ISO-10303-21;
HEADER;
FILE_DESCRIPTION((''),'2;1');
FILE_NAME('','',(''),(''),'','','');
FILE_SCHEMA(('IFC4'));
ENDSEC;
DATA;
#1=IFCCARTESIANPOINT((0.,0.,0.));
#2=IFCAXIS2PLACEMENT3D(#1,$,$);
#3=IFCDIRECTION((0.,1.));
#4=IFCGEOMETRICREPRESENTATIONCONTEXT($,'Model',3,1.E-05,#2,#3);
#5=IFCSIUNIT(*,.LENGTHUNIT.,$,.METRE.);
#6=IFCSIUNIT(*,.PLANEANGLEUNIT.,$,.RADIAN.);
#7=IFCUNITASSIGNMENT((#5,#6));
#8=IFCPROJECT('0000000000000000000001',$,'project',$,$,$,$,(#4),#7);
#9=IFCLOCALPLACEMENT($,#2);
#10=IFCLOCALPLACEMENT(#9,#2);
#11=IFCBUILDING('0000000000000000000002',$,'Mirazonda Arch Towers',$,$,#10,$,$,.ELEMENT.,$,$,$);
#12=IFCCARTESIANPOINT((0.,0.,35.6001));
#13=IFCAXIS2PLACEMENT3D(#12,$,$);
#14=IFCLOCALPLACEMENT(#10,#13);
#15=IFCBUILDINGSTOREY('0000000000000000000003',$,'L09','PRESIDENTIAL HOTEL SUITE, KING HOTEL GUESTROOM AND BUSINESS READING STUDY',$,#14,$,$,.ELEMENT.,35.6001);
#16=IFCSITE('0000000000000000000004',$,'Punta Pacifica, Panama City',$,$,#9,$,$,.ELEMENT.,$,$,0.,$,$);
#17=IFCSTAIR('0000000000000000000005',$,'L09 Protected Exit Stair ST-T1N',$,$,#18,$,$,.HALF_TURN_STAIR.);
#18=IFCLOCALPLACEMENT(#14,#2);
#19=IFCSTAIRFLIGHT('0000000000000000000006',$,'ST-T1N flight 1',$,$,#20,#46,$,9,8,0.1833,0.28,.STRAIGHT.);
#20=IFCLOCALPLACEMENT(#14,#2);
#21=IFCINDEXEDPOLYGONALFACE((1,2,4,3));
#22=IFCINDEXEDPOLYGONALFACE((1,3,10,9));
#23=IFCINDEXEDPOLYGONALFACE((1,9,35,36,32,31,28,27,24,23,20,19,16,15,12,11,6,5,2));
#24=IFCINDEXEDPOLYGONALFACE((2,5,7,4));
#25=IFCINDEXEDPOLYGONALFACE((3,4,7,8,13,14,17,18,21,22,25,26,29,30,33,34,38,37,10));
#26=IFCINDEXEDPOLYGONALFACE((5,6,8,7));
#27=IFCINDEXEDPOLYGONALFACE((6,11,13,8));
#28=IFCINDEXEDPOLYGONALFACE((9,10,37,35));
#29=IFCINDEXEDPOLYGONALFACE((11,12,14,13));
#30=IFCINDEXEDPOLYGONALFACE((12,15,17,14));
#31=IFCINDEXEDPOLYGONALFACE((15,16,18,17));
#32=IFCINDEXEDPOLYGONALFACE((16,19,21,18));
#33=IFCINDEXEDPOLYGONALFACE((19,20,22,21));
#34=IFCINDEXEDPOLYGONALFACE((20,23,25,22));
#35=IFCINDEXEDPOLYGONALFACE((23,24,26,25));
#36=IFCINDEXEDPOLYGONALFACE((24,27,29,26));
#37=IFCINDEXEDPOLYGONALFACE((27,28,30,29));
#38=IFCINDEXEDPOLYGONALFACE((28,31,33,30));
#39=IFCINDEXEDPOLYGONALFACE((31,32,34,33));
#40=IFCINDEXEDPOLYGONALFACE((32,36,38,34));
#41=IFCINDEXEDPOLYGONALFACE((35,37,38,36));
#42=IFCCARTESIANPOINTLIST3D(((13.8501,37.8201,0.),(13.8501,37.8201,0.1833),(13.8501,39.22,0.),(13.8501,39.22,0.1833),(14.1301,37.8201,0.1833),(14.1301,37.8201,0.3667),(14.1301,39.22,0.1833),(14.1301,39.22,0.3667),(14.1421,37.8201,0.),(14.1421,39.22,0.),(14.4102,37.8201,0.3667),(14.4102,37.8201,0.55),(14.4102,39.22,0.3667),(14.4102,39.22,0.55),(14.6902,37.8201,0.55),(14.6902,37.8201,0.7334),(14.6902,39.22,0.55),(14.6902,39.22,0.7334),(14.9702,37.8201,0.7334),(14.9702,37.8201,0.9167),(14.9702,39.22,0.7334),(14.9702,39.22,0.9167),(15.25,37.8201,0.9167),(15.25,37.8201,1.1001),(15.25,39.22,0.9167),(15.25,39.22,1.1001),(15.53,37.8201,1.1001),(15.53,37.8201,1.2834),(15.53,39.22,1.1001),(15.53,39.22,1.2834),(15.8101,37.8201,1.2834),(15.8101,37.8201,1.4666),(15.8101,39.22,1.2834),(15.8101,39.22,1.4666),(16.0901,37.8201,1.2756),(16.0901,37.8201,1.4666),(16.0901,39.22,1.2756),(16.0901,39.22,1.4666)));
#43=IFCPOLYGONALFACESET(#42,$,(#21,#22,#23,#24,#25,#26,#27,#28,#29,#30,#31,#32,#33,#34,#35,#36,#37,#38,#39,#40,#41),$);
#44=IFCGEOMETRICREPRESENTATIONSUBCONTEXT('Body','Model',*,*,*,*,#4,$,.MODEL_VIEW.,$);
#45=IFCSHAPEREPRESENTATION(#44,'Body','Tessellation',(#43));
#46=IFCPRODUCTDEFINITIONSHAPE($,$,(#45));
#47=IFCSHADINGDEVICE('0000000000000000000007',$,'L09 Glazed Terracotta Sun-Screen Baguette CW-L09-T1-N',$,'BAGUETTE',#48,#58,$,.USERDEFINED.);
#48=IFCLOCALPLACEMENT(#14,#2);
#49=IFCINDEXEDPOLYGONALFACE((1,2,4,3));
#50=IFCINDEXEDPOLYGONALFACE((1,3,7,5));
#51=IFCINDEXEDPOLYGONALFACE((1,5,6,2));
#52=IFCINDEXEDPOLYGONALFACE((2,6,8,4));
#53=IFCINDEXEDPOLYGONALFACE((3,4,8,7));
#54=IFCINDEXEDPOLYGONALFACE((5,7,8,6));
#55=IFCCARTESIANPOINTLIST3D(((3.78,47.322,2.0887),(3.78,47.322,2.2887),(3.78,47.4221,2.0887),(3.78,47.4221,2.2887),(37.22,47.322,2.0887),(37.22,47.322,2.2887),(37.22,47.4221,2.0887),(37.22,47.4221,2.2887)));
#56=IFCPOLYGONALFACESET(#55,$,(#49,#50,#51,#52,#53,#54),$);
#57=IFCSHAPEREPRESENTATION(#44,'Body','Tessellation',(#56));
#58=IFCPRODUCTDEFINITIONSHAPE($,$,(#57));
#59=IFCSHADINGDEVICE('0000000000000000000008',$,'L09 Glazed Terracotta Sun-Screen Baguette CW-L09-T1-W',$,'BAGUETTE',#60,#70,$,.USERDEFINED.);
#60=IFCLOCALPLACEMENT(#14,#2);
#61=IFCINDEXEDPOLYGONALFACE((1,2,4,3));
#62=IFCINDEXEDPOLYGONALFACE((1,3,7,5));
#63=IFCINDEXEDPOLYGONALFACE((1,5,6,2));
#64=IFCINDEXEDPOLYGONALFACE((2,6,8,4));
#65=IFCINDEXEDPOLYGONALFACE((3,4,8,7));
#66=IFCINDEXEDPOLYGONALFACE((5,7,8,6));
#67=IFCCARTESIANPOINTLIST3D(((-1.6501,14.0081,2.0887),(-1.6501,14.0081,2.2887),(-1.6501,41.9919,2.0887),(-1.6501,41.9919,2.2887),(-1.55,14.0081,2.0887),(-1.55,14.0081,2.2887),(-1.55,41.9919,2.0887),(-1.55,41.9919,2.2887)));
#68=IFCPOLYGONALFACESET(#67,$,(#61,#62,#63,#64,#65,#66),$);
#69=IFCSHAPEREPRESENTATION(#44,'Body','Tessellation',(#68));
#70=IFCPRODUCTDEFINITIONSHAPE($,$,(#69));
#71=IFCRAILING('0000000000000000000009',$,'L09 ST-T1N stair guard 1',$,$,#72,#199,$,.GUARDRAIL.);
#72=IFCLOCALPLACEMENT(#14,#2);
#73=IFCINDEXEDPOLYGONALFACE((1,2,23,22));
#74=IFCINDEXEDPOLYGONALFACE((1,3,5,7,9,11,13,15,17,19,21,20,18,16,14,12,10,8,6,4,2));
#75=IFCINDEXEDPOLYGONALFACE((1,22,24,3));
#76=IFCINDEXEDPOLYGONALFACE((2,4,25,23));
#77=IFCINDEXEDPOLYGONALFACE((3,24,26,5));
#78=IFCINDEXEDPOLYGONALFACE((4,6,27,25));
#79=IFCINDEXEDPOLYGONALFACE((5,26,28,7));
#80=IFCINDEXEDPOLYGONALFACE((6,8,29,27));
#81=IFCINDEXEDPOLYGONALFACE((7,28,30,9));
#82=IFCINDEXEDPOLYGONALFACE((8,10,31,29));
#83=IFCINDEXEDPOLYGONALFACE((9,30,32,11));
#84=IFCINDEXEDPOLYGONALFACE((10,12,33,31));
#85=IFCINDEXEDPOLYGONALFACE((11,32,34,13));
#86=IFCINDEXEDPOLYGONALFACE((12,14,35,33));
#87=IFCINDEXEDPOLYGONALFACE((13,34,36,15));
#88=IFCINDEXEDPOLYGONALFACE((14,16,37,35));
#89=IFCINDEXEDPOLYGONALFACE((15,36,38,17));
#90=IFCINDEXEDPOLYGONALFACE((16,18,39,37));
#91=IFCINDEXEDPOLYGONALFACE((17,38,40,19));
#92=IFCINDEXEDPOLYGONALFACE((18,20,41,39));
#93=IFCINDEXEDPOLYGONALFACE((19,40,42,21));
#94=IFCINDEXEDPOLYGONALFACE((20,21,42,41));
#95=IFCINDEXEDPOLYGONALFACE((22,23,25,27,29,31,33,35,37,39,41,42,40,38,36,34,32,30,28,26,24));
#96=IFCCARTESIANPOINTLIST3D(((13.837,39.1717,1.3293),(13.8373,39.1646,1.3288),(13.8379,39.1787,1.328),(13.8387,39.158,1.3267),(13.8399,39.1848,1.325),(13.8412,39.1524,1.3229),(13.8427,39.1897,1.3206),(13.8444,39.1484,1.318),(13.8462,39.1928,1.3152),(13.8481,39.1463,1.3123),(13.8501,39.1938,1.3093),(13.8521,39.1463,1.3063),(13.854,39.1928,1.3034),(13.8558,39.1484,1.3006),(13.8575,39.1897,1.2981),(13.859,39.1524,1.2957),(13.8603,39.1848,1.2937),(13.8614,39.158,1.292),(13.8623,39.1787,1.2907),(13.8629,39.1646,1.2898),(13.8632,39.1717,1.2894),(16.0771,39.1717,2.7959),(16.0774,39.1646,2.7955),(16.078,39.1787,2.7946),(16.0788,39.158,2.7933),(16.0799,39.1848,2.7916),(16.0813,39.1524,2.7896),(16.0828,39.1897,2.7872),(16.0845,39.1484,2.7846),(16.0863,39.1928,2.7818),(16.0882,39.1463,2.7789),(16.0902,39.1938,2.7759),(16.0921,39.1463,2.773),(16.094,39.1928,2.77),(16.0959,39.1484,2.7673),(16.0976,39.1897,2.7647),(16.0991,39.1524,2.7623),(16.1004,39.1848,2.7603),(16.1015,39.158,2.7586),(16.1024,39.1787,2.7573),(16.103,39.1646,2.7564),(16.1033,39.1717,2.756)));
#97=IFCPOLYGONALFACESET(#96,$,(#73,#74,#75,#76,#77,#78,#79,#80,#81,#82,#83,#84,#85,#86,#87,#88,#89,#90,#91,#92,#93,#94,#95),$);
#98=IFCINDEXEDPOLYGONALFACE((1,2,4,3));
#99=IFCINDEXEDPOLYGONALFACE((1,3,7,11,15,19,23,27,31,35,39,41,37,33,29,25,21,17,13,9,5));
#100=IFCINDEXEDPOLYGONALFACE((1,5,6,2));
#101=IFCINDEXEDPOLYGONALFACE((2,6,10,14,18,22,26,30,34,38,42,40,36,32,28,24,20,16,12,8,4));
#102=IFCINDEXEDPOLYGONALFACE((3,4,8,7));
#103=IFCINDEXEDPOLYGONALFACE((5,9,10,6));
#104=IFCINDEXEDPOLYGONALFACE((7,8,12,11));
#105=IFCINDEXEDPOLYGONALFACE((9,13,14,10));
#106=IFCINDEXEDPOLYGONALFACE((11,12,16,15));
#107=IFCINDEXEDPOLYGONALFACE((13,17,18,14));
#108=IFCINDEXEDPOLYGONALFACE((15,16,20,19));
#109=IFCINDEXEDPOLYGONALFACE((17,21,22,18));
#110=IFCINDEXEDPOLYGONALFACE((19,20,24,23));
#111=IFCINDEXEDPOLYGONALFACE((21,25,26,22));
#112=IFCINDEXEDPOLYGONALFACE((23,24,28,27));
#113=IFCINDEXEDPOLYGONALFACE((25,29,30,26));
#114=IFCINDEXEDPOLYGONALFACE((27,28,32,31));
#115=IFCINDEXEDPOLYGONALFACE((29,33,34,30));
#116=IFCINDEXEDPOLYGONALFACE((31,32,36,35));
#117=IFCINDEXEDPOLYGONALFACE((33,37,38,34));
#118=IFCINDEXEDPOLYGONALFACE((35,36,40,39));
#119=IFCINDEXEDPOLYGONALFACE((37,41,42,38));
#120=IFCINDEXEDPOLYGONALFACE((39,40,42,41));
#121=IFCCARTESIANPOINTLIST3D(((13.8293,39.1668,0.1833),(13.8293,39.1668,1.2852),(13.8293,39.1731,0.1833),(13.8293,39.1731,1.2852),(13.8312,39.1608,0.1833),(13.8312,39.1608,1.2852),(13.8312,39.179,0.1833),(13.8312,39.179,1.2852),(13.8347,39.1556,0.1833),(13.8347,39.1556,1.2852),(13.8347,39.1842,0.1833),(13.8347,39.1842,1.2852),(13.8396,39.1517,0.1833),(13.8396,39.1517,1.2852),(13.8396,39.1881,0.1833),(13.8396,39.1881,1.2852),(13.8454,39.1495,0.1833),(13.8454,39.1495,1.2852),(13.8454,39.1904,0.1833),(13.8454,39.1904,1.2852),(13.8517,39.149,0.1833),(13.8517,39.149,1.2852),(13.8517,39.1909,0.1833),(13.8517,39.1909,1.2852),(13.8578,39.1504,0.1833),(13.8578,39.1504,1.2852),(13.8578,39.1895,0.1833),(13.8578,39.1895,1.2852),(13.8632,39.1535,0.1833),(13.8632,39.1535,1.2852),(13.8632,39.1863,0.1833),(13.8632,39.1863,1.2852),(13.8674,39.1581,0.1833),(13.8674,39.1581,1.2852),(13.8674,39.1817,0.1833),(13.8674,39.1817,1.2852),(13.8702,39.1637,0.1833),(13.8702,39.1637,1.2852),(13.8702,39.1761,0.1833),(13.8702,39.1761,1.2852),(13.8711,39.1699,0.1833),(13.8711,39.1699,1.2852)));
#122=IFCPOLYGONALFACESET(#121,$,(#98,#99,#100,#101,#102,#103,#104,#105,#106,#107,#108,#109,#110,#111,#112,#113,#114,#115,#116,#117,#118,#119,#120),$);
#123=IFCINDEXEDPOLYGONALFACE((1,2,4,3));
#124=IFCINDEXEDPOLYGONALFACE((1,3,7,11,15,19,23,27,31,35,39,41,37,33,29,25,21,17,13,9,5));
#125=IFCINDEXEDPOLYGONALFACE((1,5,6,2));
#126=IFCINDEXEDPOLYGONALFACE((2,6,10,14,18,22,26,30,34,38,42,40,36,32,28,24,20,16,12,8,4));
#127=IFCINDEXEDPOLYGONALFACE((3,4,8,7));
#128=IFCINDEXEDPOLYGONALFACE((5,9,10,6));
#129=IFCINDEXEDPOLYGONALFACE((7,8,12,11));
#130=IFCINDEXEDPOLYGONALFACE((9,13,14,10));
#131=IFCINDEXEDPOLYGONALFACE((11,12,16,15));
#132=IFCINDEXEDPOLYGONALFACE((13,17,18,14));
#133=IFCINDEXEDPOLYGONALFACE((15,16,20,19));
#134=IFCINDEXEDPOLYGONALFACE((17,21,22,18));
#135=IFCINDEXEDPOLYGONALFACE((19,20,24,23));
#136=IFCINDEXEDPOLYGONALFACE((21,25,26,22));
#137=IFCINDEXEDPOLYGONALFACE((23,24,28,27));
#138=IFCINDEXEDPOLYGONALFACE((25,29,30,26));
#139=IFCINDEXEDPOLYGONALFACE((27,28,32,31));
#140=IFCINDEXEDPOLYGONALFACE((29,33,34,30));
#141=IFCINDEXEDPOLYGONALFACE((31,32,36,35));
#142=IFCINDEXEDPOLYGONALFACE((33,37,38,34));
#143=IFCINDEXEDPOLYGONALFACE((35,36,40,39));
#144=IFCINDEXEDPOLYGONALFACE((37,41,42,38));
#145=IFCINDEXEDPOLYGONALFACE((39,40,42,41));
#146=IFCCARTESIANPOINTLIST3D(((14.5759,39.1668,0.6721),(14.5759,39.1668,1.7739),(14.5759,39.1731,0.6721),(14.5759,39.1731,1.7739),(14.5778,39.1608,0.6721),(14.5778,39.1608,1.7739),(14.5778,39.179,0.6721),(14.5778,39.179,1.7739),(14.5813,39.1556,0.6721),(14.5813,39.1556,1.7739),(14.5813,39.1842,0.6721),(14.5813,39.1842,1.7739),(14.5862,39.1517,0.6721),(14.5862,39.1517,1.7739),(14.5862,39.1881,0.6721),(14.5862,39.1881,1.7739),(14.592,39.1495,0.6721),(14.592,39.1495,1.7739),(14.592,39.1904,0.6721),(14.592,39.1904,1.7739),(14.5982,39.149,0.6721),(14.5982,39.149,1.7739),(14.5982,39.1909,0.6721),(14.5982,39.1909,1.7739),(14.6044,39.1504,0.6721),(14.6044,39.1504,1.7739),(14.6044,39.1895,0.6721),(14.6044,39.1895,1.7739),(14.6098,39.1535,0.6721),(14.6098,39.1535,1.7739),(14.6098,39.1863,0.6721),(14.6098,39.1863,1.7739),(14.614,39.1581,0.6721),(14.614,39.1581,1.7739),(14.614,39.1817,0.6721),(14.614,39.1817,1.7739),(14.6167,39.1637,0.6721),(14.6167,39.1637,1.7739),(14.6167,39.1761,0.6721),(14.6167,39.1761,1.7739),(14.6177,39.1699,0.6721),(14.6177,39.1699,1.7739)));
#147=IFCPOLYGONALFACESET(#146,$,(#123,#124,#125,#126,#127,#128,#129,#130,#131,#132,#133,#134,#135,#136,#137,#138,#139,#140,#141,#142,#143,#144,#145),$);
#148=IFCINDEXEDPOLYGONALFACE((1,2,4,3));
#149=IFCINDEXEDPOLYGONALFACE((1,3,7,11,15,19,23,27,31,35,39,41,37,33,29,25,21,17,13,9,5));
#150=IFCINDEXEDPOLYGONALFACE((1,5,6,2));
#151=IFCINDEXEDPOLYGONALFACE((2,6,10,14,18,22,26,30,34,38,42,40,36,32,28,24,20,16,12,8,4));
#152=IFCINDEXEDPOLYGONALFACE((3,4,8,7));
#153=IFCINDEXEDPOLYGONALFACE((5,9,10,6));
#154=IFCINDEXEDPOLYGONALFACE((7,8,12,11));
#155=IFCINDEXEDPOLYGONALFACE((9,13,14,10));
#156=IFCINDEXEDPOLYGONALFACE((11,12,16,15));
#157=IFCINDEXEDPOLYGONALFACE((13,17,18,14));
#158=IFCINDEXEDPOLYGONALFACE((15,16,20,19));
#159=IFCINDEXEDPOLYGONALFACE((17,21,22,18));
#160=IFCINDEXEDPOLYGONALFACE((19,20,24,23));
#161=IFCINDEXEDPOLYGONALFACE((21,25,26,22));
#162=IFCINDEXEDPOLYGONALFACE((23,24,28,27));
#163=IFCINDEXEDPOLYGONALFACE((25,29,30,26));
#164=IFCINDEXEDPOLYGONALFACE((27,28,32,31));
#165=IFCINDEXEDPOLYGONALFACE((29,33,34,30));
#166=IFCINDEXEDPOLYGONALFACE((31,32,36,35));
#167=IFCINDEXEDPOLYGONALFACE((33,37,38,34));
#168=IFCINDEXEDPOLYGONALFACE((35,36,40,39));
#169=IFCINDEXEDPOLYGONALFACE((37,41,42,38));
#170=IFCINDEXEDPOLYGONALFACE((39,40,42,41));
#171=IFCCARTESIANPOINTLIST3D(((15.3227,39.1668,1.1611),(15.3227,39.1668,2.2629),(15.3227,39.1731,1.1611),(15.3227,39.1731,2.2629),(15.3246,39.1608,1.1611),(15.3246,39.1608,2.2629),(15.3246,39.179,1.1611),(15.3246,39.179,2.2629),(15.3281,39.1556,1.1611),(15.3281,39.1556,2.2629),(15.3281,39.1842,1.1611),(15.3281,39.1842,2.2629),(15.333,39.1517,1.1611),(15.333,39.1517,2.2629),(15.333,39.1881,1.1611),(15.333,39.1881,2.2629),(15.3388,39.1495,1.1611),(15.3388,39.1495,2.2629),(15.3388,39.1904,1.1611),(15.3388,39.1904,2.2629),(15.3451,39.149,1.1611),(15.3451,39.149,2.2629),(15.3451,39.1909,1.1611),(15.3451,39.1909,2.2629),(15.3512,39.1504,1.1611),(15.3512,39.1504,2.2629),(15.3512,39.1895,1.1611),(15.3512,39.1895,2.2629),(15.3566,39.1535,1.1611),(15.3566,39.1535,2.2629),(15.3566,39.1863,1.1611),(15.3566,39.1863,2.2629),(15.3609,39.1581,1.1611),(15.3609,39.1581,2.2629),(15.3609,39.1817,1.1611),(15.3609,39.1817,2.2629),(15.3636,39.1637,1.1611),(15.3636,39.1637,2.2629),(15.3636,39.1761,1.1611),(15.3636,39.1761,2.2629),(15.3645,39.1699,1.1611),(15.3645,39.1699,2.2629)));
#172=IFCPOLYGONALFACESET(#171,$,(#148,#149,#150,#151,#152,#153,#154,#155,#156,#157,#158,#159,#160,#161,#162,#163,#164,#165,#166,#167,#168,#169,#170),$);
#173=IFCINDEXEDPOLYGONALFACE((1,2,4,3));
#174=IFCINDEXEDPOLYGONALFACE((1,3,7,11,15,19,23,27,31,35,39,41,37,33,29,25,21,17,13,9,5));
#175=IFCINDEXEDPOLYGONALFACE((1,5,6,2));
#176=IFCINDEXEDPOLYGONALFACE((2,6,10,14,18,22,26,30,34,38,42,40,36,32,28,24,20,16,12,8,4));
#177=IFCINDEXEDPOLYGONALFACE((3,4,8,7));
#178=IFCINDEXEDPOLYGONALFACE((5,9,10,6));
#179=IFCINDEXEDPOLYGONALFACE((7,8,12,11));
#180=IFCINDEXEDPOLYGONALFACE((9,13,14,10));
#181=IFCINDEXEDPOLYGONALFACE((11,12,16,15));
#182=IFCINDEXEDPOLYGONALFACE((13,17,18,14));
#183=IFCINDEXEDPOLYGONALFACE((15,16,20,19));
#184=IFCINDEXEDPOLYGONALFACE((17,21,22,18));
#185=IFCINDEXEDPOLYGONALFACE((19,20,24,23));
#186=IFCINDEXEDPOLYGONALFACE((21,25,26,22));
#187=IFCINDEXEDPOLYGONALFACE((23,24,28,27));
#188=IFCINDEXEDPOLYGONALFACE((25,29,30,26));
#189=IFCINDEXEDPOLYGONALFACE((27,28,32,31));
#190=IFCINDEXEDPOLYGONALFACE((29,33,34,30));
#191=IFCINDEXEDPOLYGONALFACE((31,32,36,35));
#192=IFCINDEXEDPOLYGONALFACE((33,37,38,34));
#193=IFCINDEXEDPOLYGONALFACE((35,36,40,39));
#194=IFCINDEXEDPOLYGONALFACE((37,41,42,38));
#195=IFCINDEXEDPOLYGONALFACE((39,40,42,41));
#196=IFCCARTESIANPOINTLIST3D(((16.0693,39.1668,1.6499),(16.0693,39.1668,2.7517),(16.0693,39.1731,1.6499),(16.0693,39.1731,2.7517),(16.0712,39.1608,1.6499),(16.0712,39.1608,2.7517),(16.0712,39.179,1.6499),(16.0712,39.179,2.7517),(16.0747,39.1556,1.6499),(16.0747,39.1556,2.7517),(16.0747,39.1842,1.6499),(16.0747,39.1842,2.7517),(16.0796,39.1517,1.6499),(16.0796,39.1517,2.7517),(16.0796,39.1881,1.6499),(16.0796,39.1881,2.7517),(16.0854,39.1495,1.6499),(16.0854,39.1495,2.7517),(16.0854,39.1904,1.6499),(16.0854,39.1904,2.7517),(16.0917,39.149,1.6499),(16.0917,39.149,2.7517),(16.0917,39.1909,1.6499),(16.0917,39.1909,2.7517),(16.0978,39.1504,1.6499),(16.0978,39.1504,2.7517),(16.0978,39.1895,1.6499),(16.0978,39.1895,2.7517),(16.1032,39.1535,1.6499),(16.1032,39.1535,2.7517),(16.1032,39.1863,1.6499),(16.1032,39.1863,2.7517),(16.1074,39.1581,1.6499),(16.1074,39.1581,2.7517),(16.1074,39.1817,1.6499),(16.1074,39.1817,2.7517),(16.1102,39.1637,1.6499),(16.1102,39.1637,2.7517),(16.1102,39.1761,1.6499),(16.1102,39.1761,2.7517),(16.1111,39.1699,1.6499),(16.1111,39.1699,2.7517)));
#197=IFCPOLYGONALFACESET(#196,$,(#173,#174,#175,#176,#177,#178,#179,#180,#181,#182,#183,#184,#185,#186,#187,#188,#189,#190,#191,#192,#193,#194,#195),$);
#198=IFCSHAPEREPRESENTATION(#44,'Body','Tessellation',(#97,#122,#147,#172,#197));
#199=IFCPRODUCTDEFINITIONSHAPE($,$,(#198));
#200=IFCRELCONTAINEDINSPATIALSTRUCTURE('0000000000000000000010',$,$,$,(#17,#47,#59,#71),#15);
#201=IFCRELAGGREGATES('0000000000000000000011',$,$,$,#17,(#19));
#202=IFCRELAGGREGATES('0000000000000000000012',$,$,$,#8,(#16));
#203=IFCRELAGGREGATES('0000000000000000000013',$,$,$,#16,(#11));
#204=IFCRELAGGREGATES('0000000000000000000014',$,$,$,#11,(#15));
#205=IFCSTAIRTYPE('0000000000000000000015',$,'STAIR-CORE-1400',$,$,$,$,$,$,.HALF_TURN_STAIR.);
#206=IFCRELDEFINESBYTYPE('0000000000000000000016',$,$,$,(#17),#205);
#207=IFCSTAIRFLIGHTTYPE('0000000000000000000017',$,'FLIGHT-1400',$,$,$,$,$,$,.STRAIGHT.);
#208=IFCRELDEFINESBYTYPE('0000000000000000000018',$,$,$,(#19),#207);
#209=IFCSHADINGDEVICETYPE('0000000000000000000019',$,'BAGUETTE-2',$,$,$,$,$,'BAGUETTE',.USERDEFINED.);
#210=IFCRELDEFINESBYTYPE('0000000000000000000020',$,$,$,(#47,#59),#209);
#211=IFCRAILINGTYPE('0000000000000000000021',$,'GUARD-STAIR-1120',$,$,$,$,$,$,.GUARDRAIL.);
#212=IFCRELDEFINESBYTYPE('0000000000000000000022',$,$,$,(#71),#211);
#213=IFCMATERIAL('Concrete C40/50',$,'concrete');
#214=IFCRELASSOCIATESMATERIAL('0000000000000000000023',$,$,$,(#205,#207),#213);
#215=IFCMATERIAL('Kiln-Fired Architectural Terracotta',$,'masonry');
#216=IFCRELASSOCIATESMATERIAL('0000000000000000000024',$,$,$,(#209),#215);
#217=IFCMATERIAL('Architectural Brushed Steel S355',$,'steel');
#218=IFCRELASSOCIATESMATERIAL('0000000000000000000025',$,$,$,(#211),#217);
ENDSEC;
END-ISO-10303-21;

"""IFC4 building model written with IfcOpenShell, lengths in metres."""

from ifc_helpers import new_model, si_unit, direction, frame, origin, origin_2d, place, context, subcontext, project, spatial, polyline, rectangle, circle, outline, extrude, material, material_profile, profile_set, type_object, element, aggregate, save


model = new_model("IFC4")

# Units and contexts
model_context = context("Model", 3, precision=1e-05, world=origin(), true_north=direction((0.0, 1.0)))
body_context = subcontext(model_context, "Body", "Model", "MODEL_VIEW")
ifc_project = project(units=[si_unit("LENGTHUNIT", "METRE"), si_unit("PLANEANGLEUNIT", "RADIAN")], contexts=[model_context])

# Site, building, storey
site_placement = place(None, origin())
site = spatial("IfcSite", under=ifc_project, at=site_placement, Name="Punta Pacifica, Panama City", CompositionType="ELEMENT", RefElevation=0.0)
building_placement = place(site_placement, origin())
building = spatial("IfcBuilding", under=site, at=building_placement, Name="Mirazonda Arch Towers", CompositionType="ELEMENT")
storey_placement = place(building_placement, frame((0.0, 0.0, 35.6001)))
storey = spatial("IfcBuildingStorey", under=building, at=storey_placement, Name="L09", Description="PRESIDENTIAL HOTEL SUITE, KING HOTEL GUESTROOM AND BUSINESS READING STUDY", CompositionType="ELEMENT", Elevation=35.6001)

# Shared definitions
ifc_material_1 = material(Name="Architectural Brushed Steel S355", Category="steel")

# Stair, stair flight
ifc_material_2 = material(Name="Concrete C40/50", Category="concrete")
stair_type = type_object("IfcStairType", Name="STAIR-CORE-1400", PredefinedType="HALF_TURN_STAIR", material=ifc_material_2)
stair_placement = place(storey_placement, origin())
stair = element("IfcStair", 1, at=stair_placement, inside=storey, type_object=stair_type, Name="L09 Protected Exit Stair ST-T1N", PredefinedType="HALF_TURN_STAIR")
stair_flight_type = type_object("IfcStairFlightType", Name="FLIGHT-1400", PredefinedType="STRAIGHT", material=ifc_material_2)
stair_flight_placement = place(storey_placement, frame((13.8501, 38.52, 0.0), z_axis=(0.0, 0.0, 1.0), x_axis=(1.0, 0.0, 0.0)))
stair_flight = element("IfcStairFlight", 2, at=stair_flight_placement, type_object=stair_flight_type, Name="ST-T1N flight 1", NumberOfRisers=9, NumberOfTreads=8, PredefinedType="STRAIGHT", RiserHeight=0.1833, TreadLength=0.28, context=body_context, shape_type="SweptSolid", body=[
    extrude(outline(polyline([(0.0, 0.0), (0.0, 0.1833), (0.28, 0.1833), (0.28, 0.3667), (0.5601, 0.3667), (0.5601, 0.55), (0.8401, 0.55), (0.8401, 0.7334), (1.1201, 0.7334), (1.1201, 0.9167), (1.3999, 0.9167), (1.3999, 1.1001), (1.6799, 1.1001), (1.6799, 1.2834), (1.96, 1.2834), (1.96, 1.4666), (2.24, 1.4666), (2.24, 1.6499), (2.24, 1.2756), (0.292, 0.0), (0.0, 0.0)])), frame((0.0, 0.7, 0.0), z_axis=(0.0, -1.0, 0.0), x_axis=(1.0, 0.0, 0.0)), (0.0, 0.0, 1.0), 1.3999),
])
aggregate(stair, [stair_flight])

# Shading devices
ifc_material_3 = material(Name="Kiln-Fired Architectural Terracotta", Category="masonry")
ifc_material_profile_1 = material_profile(ifc_material_3, rectangle(XDim=0.1001, YDim=0.2, at=origin_2d()), Name="TERRA-BAG-100x200")
ifc_profile_set_1 = profile_set([ifc_material_profile_1], Name="Kiln-Fired Architectural Terracotta")
shading_device_type = type_object("IfcShadingDeviceType", Name="BAGUETTE-2", ElementType="BAGUETTE", PredefinedType="USERDEFINED", material=ifc_profile_set_1)
shading_device_1_placement = place(storey_placement, frame((3.78, 47.3721, 2.1887), z_axis=(1.0, 0.0, 0.0), x_axis=(0.0, 1.0, 0.0)))
element("IfcShadingDevice", 3, at=shading_device_1_placement, inside=storey, type_object=shading_device_type, Name="L09 Glazed Terracotta Sun-Screen Baguette CW-L09-T1-N", ObjectType="BAGUETTE", PredefinedType="USERDEFINED", context=body_context, shape_type="SweptSolid", body=[
    extrude(rectangle(XDim=0.1001, YDim=0.2, at=origin_2d()), origin(), (0.0, 0.0, 1.0), 33.4399),
])
shading_device_2_placement = place(storey_placement, frame((-1.6001, 41.9919, 2.1887), z_axis=(0.0, -1.0, 0.0), x_axis=(1.0, 0.0, 0.0)))
element("IfcShadingDevice", 4, at=shading_device_2_placement, inside=storey, type_object=shading_device_type, Name="L09 Glazed Terracotta Sun-Screen Baguette CW-L09-T1-W", ObjectType="BAGUETTE", PredefinedType="USERDEFINED", context=body_context, shape_type="SweptSolid", body=[
    extrude(rectangle(XDim=0.1001, YDim=0.2, at=origin_2d()), origin(), (0.0, 0.0, 1.0), 27.9839),
])

# Railing
railing_type_1 = type_object("IfcRailingType", Name="GUARD-STAIR-1120", PredefinedType="GUARDRAIL", material=ifc_material_1)
railing_1_placement = place(storey_placement, frame((13.8501, 39.1699, 0.1833)))
element("IfcRailing", 5, at=railing_1_placement, inside=storey, type_object=railing_type_1, Name="L09 ST-T1N stair guard 1", PredefinedType="GUARDRAIL", context=body_context, shape_type="SweptSolid", body=[
    extrude(circle(Radius=0.0239, at=origin_2d()), frame((0.0, 0.0, 1.126), z_axis=(0.836637, 0.0, 0.547758), x_axis=(0.0, 1.0, 0.0)), (0.0, 0.0, 1.0), 2.6775),
    extrude(circle(Radius=0.021, at=origin_2d()), origin(), (0.0, 0.0, 1.0), 1.1018),
    extrude(circle(Radius=0.021, at=origin_2d()), frame((0.7466, 0.0, 0.4888)), (0.0, 0.0, 1.0), 1.1018),
    extrude(circle(Radius=0.021, at=origin_2d()), frame((1.4934, 0.0, 0.9778)), (0.0, 0.0, 1.0), 1.1018),
    extrude(circle(Radius=0.021, at=origin_2d()), frame((2.24, 0.0, 1.4666)), (0.0, 0.0, 1.0), 1.1018),
])

save(model, "model.ifc")
